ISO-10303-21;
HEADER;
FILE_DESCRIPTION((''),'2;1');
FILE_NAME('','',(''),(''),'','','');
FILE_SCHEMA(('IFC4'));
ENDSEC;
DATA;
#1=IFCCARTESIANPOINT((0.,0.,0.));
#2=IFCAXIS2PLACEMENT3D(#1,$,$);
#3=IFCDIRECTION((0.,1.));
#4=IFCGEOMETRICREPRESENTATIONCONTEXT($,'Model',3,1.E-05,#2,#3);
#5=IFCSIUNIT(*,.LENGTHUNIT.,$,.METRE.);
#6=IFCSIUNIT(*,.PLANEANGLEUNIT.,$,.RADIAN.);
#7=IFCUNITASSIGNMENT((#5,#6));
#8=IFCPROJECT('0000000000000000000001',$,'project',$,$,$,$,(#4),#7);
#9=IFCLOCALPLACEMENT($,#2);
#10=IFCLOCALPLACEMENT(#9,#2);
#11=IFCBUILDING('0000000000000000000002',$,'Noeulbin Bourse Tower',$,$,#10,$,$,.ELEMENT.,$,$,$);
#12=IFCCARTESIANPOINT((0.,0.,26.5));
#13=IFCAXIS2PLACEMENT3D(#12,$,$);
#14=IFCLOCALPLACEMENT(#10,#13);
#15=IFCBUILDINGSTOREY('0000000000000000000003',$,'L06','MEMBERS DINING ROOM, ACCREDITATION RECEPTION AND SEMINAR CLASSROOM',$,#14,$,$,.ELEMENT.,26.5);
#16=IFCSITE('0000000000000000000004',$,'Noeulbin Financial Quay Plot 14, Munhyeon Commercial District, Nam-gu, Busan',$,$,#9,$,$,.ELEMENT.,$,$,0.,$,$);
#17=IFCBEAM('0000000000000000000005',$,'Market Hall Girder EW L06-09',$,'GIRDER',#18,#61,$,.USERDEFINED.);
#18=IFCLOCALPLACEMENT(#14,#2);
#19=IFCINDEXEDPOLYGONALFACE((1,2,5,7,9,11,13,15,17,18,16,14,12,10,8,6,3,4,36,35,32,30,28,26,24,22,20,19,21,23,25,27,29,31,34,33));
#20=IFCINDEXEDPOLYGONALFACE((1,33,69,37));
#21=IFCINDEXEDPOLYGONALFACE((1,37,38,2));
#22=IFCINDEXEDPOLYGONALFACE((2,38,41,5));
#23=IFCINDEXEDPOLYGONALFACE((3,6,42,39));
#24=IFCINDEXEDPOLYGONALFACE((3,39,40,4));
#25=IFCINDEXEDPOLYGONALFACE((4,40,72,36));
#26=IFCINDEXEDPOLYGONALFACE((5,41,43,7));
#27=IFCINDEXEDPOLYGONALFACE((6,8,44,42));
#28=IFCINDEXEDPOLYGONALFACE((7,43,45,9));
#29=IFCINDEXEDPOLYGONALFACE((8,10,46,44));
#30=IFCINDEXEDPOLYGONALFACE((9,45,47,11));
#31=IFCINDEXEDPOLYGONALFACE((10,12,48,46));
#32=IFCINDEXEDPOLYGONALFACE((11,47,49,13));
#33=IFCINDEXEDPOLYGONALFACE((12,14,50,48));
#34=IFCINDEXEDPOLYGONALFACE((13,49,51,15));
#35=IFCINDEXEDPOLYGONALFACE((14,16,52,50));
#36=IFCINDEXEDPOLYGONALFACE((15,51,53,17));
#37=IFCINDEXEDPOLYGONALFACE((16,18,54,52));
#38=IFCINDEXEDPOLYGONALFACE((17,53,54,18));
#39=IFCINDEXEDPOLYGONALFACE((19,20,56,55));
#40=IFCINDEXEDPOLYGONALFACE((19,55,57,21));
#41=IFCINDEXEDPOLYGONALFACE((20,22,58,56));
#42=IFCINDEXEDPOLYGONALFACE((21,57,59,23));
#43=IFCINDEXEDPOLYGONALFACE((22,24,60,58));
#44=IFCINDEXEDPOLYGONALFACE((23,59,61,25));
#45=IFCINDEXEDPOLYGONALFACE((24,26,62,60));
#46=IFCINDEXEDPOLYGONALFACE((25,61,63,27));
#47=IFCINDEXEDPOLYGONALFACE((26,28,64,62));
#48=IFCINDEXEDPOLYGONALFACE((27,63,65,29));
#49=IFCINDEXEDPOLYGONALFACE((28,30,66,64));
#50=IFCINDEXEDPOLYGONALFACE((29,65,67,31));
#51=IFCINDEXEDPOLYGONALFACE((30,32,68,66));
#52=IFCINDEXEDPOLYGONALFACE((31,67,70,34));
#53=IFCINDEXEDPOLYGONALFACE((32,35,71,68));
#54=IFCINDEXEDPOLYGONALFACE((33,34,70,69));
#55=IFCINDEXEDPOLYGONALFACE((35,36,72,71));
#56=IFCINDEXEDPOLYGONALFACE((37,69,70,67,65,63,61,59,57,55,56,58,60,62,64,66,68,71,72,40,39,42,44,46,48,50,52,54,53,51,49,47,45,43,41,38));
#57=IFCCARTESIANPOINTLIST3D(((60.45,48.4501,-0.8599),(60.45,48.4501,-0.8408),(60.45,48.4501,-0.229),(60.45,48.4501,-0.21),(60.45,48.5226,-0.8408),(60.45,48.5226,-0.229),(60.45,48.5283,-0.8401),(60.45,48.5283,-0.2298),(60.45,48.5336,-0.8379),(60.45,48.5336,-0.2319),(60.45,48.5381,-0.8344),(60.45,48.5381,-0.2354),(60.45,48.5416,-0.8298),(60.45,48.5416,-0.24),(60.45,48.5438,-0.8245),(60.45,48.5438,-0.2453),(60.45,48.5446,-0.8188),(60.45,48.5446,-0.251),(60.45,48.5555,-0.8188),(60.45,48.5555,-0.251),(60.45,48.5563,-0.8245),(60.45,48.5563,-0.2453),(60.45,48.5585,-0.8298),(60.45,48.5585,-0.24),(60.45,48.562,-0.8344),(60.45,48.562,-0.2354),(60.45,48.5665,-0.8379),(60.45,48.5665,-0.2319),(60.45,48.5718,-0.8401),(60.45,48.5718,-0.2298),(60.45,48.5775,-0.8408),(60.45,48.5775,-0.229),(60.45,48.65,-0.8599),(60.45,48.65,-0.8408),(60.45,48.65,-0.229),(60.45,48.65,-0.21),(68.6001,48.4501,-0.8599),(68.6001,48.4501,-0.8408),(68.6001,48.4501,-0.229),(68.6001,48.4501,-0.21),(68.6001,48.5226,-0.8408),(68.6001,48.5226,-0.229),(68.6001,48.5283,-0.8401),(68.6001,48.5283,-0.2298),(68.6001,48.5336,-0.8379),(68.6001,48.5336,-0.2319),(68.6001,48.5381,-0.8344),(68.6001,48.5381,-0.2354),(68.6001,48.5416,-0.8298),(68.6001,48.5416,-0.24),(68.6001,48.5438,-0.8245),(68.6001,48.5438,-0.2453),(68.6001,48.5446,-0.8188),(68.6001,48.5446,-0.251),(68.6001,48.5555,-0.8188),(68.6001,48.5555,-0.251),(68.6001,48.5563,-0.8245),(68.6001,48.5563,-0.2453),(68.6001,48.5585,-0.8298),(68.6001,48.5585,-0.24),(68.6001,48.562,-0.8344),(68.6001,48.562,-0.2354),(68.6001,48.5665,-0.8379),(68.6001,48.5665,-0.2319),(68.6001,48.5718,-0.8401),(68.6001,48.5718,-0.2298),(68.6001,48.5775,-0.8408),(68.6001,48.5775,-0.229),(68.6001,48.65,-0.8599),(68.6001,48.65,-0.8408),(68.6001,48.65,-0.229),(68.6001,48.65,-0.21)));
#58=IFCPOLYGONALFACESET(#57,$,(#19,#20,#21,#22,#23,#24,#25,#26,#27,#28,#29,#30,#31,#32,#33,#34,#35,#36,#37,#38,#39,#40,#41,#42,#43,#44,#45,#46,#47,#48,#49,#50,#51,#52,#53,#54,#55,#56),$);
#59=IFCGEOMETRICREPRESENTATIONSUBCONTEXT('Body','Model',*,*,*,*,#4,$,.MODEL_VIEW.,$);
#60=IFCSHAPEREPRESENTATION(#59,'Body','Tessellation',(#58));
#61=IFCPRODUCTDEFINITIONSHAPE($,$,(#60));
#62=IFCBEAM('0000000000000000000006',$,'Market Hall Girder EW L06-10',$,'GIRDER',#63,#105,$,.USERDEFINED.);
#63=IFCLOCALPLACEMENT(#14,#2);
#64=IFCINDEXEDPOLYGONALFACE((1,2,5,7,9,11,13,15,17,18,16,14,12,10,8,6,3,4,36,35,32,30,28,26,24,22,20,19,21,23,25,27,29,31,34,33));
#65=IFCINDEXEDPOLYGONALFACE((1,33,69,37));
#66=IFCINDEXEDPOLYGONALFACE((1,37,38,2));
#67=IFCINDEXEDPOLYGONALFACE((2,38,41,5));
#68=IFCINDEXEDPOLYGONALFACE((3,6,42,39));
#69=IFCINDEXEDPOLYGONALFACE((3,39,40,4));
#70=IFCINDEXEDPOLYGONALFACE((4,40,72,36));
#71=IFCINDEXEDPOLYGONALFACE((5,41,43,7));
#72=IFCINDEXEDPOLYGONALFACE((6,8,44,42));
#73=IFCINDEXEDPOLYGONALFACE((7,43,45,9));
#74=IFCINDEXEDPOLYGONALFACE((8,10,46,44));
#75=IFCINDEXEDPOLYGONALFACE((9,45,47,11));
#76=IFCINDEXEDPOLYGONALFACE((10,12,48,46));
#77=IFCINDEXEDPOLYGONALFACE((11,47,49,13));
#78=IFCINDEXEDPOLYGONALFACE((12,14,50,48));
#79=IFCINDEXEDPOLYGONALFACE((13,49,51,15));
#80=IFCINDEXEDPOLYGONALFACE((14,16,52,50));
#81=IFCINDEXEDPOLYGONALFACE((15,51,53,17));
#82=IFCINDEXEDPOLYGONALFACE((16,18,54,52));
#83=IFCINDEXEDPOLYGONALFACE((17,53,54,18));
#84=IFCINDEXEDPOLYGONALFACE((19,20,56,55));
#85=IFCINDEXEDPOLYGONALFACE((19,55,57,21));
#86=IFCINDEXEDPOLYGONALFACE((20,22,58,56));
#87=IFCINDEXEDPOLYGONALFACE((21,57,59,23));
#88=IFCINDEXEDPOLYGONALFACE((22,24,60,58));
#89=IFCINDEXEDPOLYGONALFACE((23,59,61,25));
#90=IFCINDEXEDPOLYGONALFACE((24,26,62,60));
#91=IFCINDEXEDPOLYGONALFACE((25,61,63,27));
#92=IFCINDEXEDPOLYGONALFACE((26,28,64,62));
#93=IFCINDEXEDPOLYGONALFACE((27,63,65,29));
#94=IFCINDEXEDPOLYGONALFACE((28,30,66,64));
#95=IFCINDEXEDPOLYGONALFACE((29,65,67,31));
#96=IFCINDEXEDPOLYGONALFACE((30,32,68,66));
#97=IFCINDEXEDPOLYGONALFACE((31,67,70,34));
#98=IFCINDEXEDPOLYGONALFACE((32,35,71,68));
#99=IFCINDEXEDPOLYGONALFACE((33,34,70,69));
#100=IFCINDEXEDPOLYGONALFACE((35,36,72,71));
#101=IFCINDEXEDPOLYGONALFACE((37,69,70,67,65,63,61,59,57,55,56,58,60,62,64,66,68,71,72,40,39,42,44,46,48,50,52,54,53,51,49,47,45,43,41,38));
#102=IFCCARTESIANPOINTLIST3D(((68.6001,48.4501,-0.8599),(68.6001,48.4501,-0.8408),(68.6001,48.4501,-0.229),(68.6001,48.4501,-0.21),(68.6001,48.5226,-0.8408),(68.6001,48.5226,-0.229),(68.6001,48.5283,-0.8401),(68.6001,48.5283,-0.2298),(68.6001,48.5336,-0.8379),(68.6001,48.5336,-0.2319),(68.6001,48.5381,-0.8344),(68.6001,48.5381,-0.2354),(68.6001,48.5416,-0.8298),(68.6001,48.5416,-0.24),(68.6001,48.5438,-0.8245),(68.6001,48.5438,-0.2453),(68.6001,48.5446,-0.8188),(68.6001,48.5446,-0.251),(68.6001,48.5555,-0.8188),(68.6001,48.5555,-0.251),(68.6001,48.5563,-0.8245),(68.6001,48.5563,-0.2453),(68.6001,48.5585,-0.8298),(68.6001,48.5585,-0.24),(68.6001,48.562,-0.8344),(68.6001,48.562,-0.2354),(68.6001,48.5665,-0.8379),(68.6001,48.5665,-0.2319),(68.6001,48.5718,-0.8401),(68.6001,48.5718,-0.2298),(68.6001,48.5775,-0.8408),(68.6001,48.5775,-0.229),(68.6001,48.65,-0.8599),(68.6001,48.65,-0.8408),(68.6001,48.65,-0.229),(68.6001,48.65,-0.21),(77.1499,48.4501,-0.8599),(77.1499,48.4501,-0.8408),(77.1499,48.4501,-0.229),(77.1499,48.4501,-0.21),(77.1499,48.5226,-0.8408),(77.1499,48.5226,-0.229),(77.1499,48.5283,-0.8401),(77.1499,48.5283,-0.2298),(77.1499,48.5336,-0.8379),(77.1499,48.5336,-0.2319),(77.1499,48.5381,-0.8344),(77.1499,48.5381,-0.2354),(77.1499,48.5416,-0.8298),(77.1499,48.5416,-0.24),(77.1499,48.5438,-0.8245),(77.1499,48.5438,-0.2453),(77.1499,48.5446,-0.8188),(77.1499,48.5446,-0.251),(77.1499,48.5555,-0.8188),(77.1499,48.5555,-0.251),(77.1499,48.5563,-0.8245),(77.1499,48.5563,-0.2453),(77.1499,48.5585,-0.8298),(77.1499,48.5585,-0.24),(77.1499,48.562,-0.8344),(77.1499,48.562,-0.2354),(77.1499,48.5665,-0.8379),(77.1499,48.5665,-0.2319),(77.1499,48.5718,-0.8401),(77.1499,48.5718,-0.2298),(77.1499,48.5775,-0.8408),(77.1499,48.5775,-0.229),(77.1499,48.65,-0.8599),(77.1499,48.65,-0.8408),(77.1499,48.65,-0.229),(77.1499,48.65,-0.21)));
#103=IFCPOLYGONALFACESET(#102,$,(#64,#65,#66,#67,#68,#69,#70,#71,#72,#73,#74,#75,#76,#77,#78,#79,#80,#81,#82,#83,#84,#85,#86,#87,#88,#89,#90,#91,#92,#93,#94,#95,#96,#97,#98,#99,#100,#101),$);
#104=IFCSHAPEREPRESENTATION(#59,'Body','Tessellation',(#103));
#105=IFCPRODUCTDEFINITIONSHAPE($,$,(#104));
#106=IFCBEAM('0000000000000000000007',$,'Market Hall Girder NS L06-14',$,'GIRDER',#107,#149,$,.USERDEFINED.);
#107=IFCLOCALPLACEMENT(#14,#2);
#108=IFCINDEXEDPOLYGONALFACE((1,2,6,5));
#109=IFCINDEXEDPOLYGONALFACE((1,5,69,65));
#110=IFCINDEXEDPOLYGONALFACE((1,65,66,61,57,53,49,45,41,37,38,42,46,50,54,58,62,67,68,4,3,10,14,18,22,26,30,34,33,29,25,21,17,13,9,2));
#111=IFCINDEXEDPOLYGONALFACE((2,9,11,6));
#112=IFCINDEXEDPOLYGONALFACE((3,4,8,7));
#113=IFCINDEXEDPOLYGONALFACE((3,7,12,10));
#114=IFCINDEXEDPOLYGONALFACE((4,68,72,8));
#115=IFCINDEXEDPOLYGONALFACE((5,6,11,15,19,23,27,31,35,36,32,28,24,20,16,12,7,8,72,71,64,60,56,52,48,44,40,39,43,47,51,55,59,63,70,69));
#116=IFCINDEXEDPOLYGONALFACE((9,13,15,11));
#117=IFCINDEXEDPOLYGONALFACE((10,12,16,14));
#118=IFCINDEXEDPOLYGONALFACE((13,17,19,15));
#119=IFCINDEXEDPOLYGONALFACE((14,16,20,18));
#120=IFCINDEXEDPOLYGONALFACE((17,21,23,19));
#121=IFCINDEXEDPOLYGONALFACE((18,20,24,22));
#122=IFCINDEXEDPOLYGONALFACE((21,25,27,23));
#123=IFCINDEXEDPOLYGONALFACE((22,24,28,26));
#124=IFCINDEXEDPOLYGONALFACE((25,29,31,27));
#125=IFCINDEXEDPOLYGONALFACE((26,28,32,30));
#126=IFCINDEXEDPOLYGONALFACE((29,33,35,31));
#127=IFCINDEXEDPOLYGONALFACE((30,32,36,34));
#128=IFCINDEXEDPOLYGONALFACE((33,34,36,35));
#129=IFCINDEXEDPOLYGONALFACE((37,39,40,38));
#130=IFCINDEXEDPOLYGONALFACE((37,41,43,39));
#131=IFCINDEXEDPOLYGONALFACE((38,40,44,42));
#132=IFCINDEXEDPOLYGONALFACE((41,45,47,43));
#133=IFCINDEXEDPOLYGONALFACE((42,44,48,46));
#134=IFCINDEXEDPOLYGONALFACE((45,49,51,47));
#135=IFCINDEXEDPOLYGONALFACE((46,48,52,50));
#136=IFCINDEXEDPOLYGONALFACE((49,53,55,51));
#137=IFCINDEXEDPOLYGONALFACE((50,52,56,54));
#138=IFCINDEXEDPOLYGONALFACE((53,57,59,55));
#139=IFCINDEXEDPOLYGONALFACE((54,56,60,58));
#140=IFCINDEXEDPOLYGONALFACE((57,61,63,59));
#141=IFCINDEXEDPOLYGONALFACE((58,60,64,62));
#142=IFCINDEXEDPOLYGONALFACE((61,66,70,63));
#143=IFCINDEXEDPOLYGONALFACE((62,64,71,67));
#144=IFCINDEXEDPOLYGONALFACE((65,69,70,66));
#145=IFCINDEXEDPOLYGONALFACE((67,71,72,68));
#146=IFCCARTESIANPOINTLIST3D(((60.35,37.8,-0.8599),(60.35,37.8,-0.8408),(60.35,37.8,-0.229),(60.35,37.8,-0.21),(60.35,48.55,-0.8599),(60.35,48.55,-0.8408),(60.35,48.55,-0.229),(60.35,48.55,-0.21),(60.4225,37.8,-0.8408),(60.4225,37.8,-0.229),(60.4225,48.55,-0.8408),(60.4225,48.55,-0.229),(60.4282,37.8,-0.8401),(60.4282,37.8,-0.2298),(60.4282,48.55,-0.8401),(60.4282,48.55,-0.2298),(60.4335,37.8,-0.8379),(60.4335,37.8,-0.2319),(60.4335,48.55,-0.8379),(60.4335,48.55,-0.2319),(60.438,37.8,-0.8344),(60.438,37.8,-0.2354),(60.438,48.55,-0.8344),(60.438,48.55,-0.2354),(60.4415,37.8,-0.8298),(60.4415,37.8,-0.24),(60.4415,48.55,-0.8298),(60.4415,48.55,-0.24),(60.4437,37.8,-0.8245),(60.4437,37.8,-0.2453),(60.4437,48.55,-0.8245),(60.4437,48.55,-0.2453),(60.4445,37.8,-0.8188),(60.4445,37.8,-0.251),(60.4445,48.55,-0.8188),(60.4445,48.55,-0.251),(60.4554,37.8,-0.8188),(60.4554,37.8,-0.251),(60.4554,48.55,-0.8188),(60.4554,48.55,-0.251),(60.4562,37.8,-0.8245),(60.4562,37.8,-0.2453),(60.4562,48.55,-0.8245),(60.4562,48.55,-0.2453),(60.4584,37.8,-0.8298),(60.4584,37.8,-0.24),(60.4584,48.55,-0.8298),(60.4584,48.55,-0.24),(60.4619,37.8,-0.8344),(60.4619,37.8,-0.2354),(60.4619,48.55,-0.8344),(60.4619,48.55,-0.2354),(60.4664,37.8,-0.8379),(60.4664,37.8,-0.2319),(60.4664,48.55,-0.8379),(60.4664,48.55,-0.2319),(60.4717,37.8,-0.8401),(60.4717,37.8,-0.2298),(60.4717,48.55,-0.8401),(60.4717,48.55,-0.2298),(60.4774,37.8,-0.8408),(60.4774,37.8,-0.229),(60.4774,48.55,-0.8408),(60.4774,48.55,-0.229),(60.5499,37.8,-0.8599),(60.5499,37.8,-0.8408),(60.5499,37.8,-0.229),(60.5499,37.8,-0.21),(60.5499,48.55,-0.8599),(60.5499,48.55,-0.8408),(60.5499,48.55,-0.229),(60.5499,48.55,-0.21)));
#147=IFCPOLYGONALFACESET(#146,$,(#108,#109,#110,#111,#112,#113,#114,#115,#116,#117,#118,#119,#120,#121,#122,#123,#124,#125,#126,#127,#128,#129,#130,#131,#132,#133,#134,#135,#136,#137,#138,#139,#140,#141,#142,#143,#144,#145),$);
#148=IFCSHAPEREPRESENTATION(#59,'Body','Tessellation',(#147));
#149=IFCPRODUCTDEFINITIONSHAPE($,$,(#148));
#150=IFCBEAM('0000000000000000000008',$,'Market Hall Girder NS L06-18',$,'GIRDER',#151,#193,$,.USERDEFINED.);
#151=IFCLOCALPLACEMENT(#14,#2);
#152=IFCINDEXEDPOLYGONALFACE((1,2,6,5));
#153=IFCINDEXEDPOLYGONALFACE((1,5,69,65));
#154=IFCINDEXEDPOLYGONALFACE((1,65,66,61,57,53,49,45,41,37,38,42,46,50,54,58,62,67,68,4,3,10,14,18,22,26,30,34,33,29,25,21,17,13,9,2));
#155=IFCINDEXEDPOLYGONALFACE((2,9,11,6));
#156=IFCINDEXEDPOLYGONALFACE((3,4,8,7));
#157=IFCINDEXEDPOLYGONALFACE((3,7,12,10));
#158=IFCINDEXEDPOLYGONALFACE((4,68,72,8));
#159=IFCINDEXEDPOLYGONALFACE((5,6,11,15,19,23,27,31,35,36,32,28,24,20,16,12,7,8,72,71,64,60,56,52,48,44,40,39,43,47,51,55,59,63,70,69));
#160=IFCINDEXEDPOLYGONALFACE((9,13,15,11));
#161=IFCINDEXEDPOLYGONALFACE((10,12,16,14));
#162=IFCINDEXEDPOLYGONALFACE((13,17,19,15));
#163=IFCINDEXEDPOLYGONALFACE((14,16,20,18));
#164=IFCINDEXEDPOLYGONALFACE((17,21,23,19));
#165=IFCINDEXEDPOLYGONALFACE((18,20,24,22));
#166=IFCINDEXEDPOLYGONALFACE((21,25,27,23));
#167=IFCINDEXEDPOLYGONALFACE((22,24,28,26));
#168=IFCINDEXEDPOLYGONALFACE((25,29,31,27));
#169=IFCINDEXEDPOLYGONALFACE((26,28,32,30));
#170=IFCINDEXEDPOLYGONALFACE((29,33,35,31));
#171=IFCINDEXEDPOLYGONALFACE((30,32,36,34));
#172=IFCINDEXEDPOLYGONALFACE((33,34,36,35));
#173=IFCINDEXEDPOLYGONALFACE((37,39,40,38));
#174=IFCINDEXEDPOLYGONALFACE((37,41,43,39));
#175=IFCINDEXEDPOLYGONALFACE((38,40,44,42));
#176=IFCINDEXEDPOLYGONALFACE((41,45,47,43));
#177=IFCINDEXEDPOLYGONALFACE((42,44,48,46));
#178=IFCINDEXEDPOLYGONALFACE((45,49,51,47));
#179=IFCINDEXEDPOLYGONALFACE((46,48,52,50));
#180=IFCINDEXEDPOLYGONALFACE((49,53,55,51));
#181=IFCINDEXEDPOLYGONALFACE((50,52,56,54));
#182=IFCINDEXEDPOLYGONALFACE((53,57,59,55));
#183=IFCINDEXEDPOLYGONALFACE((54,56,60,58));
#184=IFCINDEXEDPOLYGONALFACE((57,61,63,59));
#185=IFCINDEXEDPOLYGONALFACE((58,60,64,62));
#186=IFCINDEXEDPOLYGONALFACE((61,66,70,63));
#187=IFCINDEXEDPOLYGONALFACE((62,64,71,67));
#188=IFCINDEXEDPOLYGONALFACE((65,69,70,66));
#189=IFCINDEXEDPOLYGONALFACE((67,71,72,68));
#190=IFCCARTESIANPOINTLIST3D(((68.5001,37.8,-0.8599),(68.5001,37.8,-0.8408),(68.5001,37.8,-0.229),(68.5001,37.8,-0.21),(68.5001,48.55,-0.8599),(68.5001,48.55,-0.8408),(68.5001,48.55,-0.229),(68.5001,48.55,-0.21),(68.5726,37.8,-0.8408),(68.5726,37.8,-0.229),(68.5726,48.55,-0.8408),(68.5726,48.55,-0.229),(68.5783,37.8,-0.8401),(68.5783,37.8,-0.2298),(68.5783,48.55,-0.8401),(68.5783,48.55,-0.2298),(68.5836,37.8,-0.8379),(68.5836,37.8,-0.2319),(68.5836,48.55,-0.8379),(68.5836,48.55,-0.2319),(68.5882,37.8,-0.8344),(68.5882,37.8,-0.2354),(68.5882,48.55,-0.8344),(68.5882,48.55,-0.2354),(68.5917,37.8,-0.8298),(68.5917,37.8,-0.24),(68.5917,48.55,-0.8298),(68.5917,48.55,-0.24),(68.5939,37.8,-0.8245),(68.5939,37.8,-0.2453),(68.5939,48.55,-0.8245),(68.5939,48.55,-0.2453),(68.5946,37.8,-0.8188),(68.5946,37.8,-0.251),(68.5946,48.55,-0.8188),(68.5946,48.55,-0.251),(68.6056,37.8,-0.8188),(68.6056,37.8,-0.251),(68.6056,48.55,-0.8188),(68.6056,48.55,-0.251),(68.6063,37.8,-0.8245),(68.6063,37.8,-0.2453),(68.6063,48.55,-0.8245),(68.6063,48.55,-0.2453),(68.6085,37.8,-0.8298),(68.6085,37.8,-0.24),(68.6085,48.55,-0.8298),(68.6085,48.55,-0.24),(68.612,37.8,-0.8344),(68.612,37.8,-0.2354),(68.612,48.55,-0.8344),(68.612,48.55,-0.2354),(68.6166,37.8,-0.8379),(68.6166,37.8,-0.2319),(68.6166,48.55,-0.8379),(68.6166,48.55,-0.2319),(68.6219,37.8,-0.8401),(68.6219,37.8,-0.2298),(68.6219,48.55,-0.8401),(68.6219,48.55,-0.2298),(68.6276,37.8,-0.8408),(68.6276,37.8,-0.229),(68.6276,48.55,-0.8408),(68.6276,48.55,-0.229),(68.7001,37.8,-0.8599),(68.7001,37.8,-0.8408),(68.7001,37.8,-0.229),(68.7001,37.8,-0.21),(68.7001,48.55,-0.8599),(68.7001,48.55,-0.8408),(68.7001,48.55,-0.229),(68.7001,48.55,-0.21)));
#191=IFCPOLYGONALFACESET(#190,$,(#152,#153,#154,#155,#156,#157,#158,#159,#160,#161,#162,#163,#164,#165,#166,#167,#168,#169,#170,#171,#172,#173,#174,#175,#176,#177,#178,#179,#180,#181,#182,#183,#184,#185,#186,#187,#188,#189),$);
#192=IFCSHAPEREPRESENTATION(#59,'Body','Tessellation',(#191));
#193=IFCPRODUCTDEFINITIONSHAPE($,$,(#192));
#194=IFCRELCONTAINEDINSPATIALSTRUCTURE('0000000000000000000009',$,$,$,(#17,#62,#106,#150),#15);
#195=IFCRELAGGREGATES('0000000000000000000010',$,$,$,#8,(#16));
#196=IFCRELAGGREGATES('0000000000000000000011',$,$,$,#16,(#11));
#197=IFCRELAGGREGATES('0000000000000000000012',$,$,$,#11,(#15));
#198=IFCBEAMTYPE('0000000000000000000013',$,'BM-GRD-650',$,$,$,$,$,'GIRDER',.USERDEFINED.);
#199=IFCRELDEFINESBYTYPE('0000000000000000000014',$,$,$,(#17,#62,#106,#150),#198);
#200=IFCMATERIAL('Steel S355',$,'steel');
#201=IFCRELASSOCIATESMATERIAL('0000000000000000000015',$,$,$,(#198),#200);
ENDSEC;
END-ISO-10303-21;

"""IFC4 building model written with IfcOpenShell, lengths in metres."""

from ifc_helpers import new_model, si_unit, direction, frame, origin, origin_2d, place, context, subcontext, project, spatial, i_section, extrude, material, material_profile, profile_set, type_object, element, save


model = new_model("IFC4")

# Units and contexts
model_context = context("Model", 3, precision=1e-05, world=origin(), true_north=direction((0.0, 1.0)))
body_context = subcontext(model_context, "Body", "Model", "MODEL_VIEW")
ifc_project = project(units=[si_unit("LENGTHUNIT", "METRE"), si_unit("PLANEANGLEUNIT", "RADIAN")], contexts=[model_context])

# Site, building, storey
site_placement = place(None, origin())
site = spatial("IfcSite", under=ifc_project, at=site_placement, Name="Noeulbin Financial Quay Plot 14, Munhyeon Commercial District, Nam-gu, Busan", CompositionType="ELEMENT", RefElevation=0.0)
building_placement = place(site_placement, origin())
building = spatial("IfcBuilding", under=site, at=building_placement, Name="Noeulbin Bourse Tower", CompositionType="ELEMENT")
storey_placement = place(building_placement, frame((0.0, 0.0, 26.5)))
storey = spatial("IfcBuildingStorey", under=building, at=storey_placement, Name="L06", Description="MEMBERS DINING ROOM, ACCREDITATION RECEPTION AND SEMINAR CLASSROOM", CompositionType="ELEMENT", Elevation=26.5)

# Beams
ifc_material_1 = material(Name="Steel S355", Category="steel")
ifc_material_profile_1 = material_profile(ifc_material_1, i_section(OverallWidth=0.2, OverallDepth=0.6499, WebThickness=0.011, FlangeThickness=0.019, FilletRadius=0.022, at=origin_2d()), Name="H-650x200x11x19", Category="LoadBearing")
ifc_profile_set_1 = profile_set([ifc_material_profile_1], Name="Steel S355")
beam_type_1 = type_object("IfcBeamType", Name="BM-GRD-650", ElementType="GIRDER", PredefinedType="USERDEFINED", material=ifc_profile_set_1)
beam_1_placement = place(storey_placement, frame((60.45, 48.55, -0.5349), z_axis=(1.0, 0.0, 0.0), x_axis=(0.0, 1.0, 0.0)))
element("IfcBeam", 1, at=beam_1_placement, inside=storey, type_object=beam_type_1, Name="Market Hall Girder EW L06-09", ObjectType="GIRDER", PredefinedType="USERDEFINED", context=body_context, shape_type="SweptSolid", body=[
    extrude(i_section(OverallWidth=0.2, OverallDepth=0.6499, WebThickness=0.011, FlangeThickness=0.019, FilletRadius=0.022, at=origin_2d()), origin(), (0.0, 0.0, 1.0), 8.1501),
])
beam_2_placement = place(storey_placement, frame((68.6001, 48.55, -0.5349), z_axis=(1.0, 0.0, 0.0), x_axis=(0.0, 1.0, 0.0)))
element("IfcBeam", 2, at=beam_2_placement, inside=storey, type_object=beam_type_1, Name="Market Hall Girder EW L06-10", ObjectType="GIRDER", PredefinedType="USERDEFINED", context=body_context, shape_type="SweptSolid", body=[
    extrude(i_section(OverallWidth=0.2, OverallDepth=0.6499, WebThickness=0.011, FlangeThickness=0.019, FilletRadius=0.022, at=origin_2d()), origin(), (0.0, 0.0, 1.0), 8.5498),
])
for number, where, z_axis, x_axis, name in (
    (3, (60.45, 37.8, -0.5349), (0.0, 1.0, 0.0), (-1.0, 0.0, 0.0), "Market Hall Girder NS L06-14"),
    (4, (68.6001, 37.8, -0.5349), (0.0, 1.0, 0.0), (-1.0, 0.0, 0.0), "Market Hall Girder NS L06-18"),
):
    element("IfcBeam", number, at=place(storey_placement, frame(where, z_axis=z_axis, x_axis=x_axis)), inside=storey, type_object=beam_type_1, Name=name, ObjectType="GIRDER", PredefinedType="USERDEFINED", context=body_context, shape_type="SweptSolid", body=[
        extrude(i_section(OverallWidth=0.2, OverallDepth=0.6499, WebThickness=0.011, FlangeThickness=0.019, FilletRadius=0.022, at=origin_2d()), origin(), (0.0, 0.0, 1.0), 10.75),
    ])

save(model, "model.ifc")
